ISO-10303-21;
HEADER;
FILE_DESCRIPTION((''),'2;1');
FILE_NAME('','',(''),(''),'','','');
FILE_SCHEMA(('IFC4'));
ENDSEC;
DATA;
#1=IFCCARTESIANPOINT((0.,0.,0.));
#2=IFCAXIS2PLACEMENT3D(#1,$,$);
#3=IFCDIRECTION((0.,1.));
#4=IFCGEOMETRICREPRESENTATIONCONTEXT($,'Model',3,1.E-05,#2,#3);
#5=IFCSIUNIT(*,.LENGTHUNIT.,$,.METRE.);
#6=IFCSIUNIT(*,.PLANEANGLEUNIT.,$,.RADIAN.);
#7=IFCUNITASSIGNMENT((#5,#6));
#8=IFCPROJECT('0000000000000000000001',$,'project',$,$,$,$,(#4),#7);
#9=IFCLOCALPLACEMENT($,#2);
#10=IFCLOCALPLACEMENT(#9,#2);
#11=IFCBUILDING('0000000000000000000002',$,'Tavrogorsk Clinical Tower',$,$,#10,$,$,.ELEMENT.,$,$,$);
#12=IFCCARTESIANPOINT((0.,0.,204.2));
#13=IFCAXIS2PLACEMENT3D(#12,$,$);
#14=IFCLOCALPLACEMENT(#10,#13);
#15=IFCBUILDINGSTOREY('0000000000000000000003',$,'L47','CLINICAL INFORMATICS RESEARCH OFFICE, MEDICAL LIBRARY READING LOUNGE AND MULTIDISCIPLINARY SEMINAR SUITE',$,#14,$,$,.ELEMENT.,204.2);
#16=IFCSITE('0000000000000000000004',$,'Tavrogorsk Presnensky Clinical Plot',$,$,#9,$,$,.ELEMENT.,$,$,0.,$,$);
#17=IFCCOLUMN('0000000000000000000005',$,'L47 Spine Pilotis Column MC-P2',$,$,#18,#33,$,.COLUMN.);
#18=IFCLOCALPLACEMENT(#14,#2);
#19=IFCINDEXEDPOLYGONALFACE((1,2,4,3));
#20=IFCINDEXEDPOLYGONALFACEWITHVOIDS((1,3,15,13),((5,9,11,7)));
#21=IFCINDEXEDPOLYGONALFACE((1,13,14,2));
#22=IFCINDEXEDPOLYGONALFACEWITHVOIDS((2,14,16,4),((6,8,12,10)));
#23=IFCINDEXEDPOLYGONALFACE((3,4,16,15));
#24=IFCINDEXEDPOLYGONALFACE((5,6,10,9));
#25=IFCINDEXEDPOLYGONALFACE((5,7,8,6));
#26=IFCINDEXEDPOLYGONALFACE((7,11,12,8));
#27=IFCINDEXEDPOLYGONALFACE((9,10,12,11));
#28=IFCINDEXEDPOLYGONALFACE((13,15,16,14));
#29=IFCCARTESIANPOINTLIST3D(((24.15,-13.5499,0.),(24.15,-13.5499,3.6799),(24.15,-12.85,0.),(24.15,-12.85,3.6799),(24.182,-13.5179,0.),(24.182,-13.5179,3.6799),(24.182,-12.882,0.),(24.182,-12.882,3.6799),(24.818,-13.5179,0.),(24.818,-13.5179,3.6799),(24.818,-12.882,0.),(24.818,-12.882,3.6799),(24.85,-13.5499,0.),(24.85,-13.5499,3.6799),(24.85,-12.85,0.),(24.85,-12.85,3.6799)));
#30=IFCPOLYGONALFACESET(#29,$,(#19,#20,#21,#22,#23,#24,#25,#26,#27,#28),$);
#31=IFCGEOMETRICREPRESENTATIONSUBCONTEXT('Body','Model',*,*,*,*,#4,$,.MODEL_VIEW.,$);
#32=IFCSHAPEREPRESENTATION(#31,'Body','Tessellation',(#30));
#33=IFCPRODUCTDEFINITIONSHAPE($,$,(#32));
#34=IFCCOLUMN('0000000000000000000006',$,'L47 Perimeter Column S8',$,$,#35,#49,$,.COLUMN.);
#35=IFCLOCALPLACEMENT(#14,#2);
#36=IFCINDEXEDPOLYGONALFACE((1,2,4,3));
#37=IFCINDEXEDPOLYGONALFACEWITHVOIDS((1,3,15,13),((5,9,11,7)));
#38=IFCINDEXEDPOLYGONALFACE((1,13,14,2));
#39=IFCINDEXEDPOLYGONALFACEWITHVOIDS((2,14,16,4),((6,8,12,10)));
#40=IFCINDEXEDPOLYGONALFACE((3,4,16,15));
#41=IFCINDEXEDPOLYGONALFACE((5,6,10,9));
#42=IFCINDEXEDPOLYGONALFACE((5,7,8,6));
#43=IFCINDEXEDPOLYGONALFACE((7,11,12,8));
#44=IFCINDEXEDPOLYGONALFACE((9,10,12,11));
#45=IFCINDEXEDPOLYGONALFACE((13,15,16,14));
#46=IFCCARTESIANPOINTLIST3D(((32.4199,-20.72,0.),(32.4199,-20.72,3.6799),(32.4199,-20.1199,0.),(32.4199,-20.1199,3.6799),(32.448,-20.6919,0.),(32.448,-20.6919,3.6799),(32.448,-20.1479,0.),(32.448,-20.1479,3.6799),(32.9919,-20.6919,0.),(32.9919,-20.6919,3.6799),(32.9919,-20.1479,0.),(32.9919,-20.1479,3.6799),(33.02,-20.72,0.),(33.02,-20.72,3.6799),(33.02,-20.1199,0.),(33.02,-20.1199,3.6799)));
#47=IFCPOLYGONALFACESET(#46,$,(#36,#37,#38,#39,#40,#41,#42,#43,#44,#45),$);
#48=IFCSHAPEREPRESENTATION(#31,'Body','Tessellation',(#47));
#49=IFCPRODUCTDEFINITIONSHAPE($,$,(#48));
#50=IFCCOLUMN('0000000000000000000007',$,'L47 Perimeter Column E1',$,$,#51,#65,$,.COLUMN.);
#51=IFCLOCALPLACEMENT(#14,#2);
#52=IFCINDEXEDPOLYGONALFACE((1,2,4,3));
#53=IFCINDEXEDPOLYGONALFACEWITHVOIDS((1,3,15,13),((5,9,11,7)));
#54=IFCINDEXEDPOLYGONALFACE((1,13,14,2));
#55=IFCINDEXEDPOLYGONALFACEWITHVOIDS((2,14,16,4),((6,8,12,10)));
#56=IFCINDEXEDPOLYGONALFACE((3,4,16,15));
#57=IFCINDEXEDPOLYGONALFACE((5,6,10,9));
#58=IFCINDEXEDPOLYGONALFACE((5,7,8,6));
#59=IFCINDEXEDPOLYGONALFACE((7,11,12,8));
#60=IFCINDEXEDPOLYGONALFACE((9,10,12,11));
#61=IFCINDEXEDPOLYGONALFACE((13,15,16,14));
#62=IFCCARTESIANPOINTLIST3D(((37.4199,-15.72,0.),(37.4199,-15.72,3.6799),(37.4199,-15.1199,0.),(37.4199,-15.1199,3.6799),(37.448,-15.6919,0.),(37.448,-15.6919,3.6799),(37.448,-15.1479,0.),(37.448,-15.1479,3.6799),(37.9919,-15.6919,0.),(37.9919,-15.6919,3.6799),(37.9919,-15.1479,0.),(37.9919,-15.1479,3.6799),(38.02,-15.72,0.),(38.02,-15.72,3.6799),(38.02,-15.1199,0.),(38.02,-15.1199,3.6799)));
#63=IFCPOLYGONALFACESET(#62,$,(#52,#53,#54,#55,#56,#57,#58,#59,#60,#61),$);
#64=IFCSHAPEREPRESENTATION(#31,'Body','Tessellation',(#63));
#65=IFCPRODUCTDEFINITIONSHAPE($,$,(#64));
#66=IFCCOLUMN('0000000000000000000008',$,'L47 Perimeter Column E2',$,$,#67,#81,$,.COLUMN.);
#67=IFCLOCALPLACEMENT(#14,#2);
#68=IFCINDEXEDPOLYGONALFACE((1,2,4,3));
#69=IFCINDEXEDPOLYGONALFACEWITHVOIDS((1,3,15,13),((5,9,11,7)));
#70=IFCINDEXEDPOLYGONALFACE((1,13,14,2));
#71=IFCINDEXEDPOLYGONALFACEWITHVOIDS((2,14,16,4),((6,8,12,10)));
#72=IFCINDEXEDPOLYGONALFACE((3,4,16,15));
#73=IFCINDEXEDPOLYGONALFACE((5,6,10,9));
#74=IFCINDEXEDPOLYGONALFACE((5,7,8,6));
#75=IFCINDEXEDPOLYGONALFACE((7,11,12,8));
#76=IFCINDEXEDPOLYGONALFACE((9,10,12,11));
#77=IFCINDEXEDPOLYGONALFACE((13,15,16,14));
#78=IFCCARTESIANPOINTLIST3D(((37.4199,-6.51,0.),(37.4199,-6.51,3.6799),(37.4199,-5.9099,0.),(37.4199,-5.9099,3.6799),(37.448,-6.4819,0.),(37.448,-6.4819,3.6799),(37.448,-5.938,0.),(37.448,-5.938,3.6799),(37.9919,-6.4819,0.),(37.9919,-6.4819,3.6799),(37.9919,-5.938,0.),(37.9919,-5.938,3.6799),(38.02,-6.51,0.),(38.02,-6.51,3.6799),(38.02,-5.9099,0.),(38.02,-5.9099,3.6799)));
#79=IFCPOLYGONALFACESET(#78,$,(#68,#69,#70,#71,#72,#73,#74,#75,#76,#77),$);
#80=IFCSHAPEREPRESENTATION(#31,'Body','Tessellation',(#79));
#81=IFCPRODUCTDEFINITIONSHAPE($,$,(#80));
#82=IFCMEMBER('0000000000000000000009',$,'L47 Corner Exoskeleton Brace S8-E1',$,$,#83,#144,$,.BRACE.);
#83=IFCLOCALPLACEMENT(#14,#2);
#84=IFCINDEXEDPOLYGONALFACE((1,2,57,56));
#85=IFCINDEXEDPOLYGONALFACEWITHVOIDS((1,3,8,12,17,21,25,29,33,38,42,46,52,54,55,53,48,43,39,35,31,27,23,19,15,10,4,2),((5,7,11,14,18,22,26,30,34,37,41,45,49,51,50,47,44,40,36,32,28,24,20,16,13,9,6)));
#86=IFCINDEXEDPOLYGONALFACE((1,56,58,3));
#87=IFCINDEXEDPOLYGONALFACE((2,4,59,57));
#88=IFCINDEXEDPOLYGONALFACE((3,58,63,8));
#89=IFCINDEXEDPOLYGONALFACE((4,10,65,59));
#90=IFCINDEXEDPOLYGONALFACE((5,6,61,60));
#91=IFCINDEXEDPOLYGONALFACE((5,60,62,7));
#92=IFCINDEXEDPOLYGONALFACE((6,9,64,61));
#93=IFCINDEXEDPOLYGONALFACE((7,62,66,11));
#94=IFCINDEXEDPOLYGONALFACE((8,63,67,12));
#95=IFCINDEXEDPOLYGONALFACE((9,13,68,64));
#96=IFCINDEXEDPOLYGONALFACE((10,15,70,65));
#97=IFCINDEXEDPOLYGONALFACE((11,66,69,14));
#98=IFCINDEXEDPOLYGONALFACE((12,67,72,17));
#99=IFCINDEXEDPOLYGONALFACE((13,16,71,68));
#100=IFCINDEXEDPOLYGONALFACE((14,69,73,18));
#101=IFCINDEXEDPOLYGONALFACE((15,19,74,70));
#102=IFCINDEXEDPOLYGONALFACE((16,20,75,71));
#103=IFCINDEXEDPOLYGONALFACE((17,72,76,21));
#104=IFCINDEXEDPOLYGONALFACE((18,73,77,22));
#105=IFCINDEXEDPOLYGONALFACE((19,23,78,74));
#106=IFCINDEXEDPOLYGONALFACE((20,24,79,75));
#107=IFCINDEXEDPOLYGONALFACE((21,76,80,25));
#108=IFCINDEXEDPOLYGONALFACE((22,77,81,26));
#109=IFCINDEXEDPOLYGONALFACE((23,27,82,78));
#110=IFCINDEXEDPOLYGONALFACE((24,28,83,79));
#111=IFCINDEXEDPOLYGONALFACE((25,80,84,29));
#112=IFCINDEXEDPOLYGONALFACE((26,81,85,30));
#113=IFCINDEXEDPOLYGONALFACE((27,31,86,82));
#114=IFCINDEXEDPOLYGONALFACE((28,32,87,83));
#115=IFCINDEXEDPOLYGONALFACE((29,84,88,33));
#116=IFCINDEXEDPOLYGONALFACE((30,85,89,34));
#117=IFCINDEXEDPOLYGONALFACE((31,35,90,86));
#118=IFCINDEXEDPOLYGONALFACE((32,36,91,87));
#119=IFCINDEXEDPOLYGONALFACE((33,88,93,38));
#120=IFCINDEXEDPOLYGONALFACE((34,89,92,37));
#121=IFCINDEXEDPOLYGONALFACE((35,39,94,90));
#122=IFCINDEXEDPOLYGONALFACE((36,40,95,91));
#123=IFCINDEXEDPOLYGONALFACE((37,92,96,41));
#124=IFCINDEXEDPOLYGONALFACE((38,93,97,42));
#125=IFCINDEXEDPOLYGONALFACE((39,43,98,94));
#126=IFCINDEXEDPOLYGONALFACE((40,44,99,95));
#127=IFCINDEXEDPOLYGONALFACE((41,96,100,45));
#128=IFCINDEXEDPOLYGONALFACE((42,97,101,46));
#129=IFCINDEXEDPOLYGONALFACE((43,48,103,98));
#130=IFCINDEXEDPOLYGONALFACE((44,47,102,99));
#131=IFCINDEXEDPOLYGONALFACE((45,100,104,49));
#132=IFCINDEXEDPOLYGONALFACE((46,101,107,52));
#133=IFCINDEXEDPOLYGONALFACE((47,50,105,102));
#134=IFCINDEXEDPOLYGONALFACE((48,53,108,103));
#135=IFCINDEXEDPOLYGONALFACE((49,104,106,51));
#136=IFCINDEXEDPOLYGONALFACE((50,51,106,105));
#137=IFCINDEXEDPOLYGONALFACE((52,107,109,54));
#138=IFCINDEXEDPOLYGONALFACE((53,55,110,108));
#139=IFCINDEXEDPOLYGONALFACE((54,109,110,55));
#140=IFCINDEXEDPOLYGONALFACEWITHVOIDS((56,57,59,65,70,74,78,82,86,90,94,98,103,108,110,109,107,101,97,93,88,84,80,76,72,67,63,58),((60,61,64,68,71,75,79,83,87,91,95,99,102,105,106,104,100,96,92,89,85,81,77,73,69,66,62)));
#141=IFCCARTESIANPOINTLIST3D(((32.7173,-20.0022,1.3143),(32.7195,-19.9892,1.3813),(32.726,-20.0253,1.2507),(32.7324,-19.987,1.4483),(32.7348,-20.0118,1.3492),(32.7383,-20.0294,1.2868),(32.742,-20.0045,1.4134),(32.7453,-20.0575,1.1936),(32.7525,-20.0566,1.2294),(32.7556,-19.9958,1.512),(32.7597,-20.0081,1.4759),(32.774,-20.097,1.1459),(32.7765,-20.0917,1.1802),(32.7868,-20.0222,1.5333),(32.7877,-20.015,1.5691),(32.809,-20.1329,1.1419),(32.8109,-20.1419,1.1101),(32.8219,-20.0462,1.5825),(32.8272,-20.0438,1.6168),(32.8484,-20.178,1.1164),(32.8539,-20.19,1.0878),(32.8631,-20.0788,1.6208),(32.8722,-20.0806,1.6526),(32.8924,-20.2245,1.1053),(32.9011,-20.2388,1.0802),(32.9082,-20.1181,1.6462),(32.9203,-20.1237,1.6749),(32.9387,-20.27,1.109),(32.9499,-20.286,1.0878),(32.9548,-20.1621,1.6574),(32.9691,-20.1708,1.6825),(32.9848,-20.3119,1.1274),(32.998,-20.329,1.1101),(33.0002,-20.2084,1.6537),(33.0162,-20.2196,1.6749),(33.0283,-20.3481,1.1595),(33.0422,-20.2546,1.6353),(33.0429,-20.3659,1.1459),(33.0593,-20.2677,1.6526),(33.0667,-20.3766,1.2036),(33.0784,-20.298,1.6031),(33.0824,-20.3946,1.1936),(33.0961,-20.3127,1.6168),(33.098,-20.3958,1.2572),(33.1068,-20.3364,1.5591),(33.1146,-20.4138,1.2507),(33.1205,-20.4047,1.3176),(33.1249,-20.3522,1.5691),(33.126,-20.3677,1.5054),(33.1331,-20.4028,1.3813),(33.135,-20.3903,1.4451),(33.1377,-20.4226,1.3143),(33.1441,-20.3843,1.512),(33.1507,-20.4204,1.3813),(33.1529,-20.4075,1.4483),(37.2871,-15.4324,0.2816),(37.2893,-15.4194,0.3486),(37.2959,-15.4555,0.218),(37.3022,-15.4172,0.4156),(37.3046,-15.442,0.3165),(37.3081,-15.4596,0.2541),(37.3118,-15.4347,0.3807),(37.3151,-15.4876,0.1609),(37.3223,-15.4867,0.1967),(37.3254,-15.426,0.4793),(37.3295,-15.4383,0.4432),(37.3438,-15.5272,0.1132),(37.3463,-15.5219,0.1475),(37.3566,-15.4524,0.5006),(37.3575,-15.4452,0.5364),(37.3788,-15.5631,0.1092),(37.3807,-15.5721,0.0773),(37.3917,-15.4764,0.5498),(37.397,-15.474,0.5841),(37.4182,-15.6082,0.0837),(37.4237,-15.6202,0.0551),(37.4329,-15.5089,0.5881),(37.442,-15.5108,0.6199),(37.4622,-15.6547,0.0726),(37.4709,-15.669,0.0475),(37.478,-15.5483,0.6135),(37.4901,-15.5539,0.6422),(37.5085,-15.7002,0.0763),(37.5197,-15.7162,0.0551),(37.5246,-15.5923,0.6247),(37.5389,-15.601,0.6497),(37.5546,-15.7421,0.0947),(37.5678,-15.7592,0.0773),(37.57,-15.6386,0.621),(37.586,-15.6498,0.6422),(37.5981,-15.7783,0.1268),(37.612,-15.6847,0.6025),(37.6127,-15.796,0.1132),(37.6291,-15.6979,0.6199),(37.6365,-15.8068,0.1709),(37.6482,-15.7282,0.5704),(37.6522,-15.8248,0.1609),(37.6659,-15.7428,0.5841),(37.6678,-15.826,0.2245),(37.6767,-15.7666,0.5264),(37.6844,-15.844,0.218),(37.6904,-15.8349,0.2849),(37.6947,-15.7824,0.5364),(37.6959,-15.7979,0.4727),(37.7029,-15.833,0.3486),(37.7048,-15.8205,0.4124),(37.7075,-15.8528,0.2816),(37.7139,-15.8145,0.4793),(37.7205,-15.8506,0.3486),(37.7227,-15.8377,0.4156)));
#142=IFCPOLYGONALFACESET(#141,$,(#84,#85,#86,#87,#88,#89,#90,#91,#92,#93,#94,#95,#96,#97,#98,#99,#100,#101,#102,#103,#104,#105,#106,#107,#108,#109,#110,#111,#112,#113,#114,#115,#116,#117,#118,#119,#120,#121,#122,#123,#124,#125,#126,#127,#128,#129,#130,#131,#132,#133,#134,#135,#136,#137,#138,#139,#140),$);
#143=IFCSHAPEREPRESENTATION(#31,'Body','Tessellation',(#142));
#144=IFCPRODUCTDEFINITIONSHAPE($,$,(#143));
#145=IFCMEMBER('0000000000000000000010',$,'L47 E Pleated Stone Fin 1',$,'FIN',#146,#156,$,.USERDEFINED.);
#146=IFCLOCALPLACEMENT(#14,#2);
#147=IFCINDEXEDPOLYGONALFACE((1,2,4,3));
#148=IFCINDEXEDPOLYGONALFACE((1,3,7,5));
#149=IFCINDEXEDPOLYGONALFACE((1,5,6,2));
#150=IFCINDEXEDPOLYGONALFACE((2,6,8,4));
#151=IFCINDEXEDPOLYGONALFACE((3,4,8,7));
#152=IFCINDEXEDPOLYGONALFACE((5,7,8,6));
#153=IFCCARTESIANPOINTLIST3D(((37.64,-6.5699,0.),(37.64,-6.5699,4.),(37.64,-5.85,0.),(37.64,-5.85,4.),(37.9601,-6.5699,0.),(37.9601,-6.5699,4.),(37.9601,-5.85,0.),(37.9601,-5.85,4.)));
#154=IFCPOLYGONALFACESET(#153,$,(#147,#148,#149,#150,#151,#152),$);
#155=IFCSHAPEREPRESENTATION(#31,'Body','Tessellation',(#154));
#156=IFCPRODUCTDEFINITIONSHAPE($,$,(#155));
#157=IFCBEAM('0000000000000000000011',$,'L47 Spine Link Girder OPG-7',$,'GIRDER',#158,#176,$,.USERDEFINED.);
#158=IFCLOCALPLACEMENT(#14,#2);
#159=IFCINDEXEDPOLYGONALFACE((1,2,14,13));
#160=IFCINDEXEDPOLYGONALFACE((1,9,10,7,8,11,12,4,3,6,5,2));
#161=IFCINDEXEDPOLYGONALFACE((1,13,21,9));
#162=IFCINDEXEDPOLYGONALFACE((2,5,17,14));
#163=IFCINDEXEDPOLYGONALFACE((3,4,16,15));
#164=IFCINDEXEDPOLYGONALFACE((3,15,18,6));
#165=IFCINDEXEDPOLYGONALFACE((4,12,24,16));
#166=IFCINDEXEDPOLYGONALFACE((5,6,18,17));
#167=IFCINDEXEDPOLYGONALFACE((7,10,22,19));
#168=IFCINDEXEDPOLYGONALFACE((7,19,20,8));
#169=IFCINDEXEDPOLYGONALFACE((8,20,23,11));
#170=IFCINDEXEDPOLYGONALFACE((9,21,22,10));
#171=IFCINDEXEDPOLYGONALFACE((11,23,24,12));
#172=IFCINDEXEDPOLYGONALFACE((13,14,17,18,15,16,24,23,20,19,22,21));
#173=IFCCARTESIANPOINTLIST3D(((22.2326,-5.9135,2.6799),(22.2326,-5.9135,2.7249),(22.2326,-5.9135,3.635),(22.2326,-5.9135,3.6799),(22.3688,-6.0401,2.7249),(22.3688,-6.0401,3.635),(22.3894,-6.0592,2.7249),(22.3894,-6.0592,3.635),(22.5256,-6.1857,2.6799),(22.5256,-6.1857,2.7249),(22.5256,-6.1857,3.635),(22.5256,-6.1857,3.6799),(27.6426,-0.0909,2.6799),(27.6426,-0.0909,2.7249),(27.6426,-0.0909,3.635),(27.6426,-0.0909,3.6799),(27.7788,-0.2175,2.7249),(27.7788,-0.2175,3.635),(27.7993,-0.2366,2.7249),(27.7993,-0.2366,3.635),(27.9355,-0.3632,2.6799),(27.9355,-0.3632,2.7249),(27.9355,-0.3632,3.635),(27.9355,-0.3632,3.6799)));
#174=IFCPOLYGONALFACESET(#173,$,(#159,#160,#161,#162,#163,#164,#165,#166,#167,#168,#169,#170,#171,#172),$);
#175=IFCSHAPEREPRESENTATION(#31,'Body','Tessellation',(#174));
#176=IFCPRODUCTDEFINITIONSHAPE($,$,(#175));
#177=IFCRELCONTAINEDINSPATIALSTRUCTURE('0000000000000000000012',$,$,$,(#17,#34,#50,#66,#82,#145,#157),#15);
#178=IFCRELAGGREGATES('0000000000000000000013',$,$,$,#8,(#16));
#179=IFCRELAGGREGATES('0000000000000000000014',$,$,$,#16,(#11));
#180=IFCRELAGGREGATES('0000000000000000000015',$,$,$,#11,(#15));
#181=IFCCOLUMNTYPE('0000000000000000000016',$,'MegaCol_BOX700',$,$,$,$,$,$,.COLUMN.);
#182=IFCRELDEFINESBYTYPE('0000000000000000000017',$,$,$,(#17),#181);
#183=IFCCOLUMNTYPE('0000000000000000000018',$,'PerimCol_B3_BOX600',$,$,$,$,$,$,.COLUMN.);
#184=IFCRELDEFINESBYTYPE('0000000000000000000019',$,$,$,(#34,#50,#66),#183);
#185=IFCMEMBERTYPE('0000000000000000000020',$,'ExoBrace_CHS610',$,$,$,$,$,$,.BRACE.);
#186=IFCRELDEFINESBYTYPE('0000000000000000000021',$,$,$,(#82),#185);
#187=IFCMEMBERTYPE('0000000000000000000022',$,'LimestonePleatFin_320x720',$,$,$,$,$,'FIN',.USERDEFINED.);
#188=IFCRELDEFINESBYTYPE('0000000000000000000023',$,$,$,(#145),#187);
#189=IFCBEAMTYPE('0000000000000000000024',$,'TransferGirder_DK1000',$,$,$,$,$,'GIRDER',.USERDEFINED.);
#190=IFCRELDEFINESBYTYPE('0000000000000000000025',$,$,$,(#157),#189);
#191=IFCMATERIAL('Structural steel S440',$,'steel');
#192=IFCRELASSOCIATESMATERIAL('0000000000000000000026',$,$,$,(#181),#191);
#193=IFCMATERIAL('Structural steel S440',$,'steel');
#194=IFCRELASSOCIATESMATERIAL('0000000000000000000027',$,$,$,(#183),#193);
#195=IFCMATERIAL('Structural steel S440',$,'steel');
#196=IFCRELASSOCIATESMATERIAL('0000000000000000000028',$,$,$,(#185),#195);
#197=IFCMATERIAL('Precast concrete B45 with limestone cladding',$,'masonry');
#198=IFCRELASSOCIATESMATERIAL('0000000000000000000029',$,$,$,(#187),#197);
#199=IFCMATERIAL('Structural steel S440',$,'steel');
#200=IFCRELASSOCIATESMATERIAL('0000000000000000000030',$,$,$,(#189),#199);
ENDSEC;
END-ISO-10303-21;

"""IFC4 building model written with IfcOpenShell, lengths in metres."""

from ifc_helpers import new_model, si_unit, direction, frame, origin, origin_2d, place, context, subcontext, project, spatial, rectangle, hollow_rectangle, hollow_circle, i_section, extrude, material, material_profile, profile_set, type_object, element, save


model = new_model("IFC4")

# Units and contexts
model_context = context("Model", 3, precision=1e-05, world=origin(), true_north=direction((0.0, 1.0)))
body_context = subcontext(model_context, "Body", "Model", "MODEL_VIEW")
ifc_project = project(units=[si_unit("LENGTHUNIT", "METRE"), si_unit("PLANEANGLEUNIT", "RADIAN")], contexts=[model_context])

# Site, building, storey
site_placement = place(None, origin())
site = spatial("IfcSite", under=ifc_project, at=site_placement, Name="Tavrogorsk Presnensky Clinical Plot", CompositionType="ELEMENT", RefElevation=0.0)
building_placement = place(site_placement, origin())
building = spatial("IfcBuilding", under=site, at=building_placement, Name="Tavrogorsk Clinical Tower", CompositionType="ELEMENT")
storey_placement = place(building_placement, frame((0.0, 0.0, 204.2)))
storey = spatial("IfcBuildingStorey", under=building, at=storey_placement, Name="L47", Description="CLINICAL INFORMATICS RESEARCH OFFICE, MEDICAL LIBRARY READING LOUNGE AND MULTIDISCIPLINARY SEMINAR SUITE", CompositionType="ELEMENT", Elevation=204.2)

# Columns
ifc_material_1 = material(Name="Structural steel S440", Category="steel")
ifc_material_profile_1 = material_profile(ifc_material_1, hollow_rectangle(XDim=0.7, YDim=0.7, WallThickness=0.032, at=origin_2d()), Name="BOX-700x700x32")
ifc_profile_set_1 = profile_set([ifc_material_profile_1], Name="Structural steel S440")
column_type_1 = type_object("IfcColumnType", Name="MegaCol_BOX700", PredefinedType="COLUMN", material=ifc_profile_set_1)
column_placement = place(storey_placement, frame((24.5, -13.2, 0.0), z_axis=(0.0, 0.0, 1.0), x_axis=(1.0, 0.0, 0.0)))
element("IfcColumn", 1, at=column_placement, inside=storey, type_object=column_type_1, Name="L47 Spine Pilotis Column MC-P2", PredefinedType="COLUMN", context=body_context, shape_type="SweptSolid", body=[
    extrude(hollow_rectangle(XDim=0.7, YDim=0.7, WallThickness=0.032, at=origin_2d()), origin(), (0.0, 0.0, 1.0), 3.6799),
])
ifc_material_2 = material(Name="Structural steel S440", Category="steel")
ifc_material_profile_2 = material_profile(ifc_material_2, hollow_rectangle(XDim=0.6001, YDim=0.6001, WallThickness=0.0281, at=origin_2d()), Name="BOX-600x600x28")
ifc_profile_set_2 = profile_set([ifc_material_profile_2], Name="Structural steel S440")
column_type_2 = type_object("IfcColumnType", Name="PerimCol_B3_BOX600", PredefinedType="COLUMN", material=ifc_profile_set_2)
for number, where, z_axis, x_axis, name in (
    (2, (32.72, -20.4199, 0.0), (0.0, 0.0, 1.0), (1.0, 0.0, 0.0), "L47 Perimeter Column S8"),
    (3, (37.72, -15.4199, 0.0), (0.0, 0.0, 1.0), (1.0, 0.0, 0.0), "L47 Perimeter Column E1"),
    (4, (37.72, -6.21, 0.0), (0.0, 0.0, 1.0), (1.0, 0.0, 0.0), "L47 Perimeter Column E2"),
):
    element("IfcColumn", number, at=place(storey_placement, frame(where, z_axis=z_axis, x_axis=x_axis)), inside=storey, type_object=column_type_2, Name=name, PredefinedType="COLUMN", context=body_context, shape_type="SweptSolid", body=[
        extrude(hollow_rectangle(XDim=0.6001, YDim=0.6001, WallThickness=0.0281, at=origin_2d()), origin(), (0.0, 0.0, 1.0), 3.6799),
    ])

# Members
ifc_material_3 = material(Name="Structural steel S440", Category="steel")
ifc_material_profile_3 = material_profile(ifc_material_3, hollow_circle(Radius=0.3049, WallThickness=0.0249, at=origin_2d()), Name="CHS-610x25")
ifc_profile_set_3 = profile_set([ifc_material_profile_3], Name="Structural steel S440")
member_type_1 = type_object("IfcMemberType", Name="ExoBrace_CHS610", PredefinedType="BRACE", material=ifc_profile_set_3)
member_1_placement = place(storey_placement, frame((37.5049, -15.635, 0.3486), z_axis=(-0.698248, -0.698248, 0.157794), x_axis=(0.707107, -0.707107, 0.0)))
element("IfcMember", 5, at=member_1_placement, inside=storey, type_object=member_type_1, Name="L47 Corner Exoskeleton Brace S8-E1", PredefinedType="BRACE", context=body_context, shape_type="SweptSolid", body=[
    extrude(hollow_circle(Radius=0.3049, WallThickness=0.0249, at=origin_2d()), origin(), (0.0, 0.0, 1.0), 6.5447),
])
ifc_material_4 = material(Name="Precast concrete B45 with limestone cladding", Category="masonry")
ifc_material_profile_4 = material_profile(ifc_material_4, rectangle(XDim=0.3201, YDim=0.72, at=origin_2d()), Name="LIMESTONE-FIN-320x720")
ifc_profile_set_4 = profile_set([ifc_material_profile_4], Name="Precast concrete B45 with limestone cladding")
member_type_2 = type_object("IfcMemberType", Name="LimestonePleatFin_320x720", ElementType="FIN", PredefinedType="USERDEFINED", material=ifc_profile_set_4)
member_2_placement = place(storey_placement, frame((37.8, -6.21, 0.0), z_axis=(0.0, 0.0, 1.0), x_axis=(1.0, 0.0, 0.0)))
element("IfcMember", 6, at=member_2_placement, inside=storey, type_object=member_type_2, Name="L47 E Pleated Stone Fin 1", ObjectType="FIN", PredefinedType="USERDEFINED", context=body_context, shape_type="SweptSolid", body=[
    extrude(rectangle(XDim=0.3201, YDim=0.72, at=origin_2d()), origin(), (0.0, 0.0, 1.0), 4.0),
])

# Beam
ifc_material_5 = material(Name="Structural steel S440", Category="steel")
ifc_material_profile_5 = material_profile(ifc_material_5, i_section(OverallWidth=0.3999, OverallDepth=1.0, WebThickness=0.0281, FlangeThickness=0.0449, at=origin_2d()), Name="DK-1000x400x28x45")
ifc_profile_set_5 = profile_set([ifc_material_profile_5], Name="Structural steel S440")
beam_type_1 = type_object("IfcBeamType", Name="TransferGirder_DK1000", ElementType="GIRDER", PredefinedType="USERDEFINED", material=ifc_profile_set_5)
beam_1_placement = place(storey_placement, frame((27.7891, -0.2271, 3.1799), z_axis=(-0.680674, -0.732587, 0.0), x_axis=(0.732587, -0.680674, 0.0)))
element("IfcBeam", 7, at=beam_1_placement, inside=storey, type_object=beam_type_1, Name="L47 Spine Link Girder OPG-7", ObjectType="GIRDER", PredefinedType="USERDEFINED", context=body_context, shape_type="SweptSolid", body=[
    extrude(i_section(OverallWidth=0.3999, OverallDepth=1.0, WebThickness=0.0281, FlangeThickness=0.0449, at=origin_2d()), origin(), (0.0, 0.0, 1.0), 7.948),
])

save(model, "model.ifc")
